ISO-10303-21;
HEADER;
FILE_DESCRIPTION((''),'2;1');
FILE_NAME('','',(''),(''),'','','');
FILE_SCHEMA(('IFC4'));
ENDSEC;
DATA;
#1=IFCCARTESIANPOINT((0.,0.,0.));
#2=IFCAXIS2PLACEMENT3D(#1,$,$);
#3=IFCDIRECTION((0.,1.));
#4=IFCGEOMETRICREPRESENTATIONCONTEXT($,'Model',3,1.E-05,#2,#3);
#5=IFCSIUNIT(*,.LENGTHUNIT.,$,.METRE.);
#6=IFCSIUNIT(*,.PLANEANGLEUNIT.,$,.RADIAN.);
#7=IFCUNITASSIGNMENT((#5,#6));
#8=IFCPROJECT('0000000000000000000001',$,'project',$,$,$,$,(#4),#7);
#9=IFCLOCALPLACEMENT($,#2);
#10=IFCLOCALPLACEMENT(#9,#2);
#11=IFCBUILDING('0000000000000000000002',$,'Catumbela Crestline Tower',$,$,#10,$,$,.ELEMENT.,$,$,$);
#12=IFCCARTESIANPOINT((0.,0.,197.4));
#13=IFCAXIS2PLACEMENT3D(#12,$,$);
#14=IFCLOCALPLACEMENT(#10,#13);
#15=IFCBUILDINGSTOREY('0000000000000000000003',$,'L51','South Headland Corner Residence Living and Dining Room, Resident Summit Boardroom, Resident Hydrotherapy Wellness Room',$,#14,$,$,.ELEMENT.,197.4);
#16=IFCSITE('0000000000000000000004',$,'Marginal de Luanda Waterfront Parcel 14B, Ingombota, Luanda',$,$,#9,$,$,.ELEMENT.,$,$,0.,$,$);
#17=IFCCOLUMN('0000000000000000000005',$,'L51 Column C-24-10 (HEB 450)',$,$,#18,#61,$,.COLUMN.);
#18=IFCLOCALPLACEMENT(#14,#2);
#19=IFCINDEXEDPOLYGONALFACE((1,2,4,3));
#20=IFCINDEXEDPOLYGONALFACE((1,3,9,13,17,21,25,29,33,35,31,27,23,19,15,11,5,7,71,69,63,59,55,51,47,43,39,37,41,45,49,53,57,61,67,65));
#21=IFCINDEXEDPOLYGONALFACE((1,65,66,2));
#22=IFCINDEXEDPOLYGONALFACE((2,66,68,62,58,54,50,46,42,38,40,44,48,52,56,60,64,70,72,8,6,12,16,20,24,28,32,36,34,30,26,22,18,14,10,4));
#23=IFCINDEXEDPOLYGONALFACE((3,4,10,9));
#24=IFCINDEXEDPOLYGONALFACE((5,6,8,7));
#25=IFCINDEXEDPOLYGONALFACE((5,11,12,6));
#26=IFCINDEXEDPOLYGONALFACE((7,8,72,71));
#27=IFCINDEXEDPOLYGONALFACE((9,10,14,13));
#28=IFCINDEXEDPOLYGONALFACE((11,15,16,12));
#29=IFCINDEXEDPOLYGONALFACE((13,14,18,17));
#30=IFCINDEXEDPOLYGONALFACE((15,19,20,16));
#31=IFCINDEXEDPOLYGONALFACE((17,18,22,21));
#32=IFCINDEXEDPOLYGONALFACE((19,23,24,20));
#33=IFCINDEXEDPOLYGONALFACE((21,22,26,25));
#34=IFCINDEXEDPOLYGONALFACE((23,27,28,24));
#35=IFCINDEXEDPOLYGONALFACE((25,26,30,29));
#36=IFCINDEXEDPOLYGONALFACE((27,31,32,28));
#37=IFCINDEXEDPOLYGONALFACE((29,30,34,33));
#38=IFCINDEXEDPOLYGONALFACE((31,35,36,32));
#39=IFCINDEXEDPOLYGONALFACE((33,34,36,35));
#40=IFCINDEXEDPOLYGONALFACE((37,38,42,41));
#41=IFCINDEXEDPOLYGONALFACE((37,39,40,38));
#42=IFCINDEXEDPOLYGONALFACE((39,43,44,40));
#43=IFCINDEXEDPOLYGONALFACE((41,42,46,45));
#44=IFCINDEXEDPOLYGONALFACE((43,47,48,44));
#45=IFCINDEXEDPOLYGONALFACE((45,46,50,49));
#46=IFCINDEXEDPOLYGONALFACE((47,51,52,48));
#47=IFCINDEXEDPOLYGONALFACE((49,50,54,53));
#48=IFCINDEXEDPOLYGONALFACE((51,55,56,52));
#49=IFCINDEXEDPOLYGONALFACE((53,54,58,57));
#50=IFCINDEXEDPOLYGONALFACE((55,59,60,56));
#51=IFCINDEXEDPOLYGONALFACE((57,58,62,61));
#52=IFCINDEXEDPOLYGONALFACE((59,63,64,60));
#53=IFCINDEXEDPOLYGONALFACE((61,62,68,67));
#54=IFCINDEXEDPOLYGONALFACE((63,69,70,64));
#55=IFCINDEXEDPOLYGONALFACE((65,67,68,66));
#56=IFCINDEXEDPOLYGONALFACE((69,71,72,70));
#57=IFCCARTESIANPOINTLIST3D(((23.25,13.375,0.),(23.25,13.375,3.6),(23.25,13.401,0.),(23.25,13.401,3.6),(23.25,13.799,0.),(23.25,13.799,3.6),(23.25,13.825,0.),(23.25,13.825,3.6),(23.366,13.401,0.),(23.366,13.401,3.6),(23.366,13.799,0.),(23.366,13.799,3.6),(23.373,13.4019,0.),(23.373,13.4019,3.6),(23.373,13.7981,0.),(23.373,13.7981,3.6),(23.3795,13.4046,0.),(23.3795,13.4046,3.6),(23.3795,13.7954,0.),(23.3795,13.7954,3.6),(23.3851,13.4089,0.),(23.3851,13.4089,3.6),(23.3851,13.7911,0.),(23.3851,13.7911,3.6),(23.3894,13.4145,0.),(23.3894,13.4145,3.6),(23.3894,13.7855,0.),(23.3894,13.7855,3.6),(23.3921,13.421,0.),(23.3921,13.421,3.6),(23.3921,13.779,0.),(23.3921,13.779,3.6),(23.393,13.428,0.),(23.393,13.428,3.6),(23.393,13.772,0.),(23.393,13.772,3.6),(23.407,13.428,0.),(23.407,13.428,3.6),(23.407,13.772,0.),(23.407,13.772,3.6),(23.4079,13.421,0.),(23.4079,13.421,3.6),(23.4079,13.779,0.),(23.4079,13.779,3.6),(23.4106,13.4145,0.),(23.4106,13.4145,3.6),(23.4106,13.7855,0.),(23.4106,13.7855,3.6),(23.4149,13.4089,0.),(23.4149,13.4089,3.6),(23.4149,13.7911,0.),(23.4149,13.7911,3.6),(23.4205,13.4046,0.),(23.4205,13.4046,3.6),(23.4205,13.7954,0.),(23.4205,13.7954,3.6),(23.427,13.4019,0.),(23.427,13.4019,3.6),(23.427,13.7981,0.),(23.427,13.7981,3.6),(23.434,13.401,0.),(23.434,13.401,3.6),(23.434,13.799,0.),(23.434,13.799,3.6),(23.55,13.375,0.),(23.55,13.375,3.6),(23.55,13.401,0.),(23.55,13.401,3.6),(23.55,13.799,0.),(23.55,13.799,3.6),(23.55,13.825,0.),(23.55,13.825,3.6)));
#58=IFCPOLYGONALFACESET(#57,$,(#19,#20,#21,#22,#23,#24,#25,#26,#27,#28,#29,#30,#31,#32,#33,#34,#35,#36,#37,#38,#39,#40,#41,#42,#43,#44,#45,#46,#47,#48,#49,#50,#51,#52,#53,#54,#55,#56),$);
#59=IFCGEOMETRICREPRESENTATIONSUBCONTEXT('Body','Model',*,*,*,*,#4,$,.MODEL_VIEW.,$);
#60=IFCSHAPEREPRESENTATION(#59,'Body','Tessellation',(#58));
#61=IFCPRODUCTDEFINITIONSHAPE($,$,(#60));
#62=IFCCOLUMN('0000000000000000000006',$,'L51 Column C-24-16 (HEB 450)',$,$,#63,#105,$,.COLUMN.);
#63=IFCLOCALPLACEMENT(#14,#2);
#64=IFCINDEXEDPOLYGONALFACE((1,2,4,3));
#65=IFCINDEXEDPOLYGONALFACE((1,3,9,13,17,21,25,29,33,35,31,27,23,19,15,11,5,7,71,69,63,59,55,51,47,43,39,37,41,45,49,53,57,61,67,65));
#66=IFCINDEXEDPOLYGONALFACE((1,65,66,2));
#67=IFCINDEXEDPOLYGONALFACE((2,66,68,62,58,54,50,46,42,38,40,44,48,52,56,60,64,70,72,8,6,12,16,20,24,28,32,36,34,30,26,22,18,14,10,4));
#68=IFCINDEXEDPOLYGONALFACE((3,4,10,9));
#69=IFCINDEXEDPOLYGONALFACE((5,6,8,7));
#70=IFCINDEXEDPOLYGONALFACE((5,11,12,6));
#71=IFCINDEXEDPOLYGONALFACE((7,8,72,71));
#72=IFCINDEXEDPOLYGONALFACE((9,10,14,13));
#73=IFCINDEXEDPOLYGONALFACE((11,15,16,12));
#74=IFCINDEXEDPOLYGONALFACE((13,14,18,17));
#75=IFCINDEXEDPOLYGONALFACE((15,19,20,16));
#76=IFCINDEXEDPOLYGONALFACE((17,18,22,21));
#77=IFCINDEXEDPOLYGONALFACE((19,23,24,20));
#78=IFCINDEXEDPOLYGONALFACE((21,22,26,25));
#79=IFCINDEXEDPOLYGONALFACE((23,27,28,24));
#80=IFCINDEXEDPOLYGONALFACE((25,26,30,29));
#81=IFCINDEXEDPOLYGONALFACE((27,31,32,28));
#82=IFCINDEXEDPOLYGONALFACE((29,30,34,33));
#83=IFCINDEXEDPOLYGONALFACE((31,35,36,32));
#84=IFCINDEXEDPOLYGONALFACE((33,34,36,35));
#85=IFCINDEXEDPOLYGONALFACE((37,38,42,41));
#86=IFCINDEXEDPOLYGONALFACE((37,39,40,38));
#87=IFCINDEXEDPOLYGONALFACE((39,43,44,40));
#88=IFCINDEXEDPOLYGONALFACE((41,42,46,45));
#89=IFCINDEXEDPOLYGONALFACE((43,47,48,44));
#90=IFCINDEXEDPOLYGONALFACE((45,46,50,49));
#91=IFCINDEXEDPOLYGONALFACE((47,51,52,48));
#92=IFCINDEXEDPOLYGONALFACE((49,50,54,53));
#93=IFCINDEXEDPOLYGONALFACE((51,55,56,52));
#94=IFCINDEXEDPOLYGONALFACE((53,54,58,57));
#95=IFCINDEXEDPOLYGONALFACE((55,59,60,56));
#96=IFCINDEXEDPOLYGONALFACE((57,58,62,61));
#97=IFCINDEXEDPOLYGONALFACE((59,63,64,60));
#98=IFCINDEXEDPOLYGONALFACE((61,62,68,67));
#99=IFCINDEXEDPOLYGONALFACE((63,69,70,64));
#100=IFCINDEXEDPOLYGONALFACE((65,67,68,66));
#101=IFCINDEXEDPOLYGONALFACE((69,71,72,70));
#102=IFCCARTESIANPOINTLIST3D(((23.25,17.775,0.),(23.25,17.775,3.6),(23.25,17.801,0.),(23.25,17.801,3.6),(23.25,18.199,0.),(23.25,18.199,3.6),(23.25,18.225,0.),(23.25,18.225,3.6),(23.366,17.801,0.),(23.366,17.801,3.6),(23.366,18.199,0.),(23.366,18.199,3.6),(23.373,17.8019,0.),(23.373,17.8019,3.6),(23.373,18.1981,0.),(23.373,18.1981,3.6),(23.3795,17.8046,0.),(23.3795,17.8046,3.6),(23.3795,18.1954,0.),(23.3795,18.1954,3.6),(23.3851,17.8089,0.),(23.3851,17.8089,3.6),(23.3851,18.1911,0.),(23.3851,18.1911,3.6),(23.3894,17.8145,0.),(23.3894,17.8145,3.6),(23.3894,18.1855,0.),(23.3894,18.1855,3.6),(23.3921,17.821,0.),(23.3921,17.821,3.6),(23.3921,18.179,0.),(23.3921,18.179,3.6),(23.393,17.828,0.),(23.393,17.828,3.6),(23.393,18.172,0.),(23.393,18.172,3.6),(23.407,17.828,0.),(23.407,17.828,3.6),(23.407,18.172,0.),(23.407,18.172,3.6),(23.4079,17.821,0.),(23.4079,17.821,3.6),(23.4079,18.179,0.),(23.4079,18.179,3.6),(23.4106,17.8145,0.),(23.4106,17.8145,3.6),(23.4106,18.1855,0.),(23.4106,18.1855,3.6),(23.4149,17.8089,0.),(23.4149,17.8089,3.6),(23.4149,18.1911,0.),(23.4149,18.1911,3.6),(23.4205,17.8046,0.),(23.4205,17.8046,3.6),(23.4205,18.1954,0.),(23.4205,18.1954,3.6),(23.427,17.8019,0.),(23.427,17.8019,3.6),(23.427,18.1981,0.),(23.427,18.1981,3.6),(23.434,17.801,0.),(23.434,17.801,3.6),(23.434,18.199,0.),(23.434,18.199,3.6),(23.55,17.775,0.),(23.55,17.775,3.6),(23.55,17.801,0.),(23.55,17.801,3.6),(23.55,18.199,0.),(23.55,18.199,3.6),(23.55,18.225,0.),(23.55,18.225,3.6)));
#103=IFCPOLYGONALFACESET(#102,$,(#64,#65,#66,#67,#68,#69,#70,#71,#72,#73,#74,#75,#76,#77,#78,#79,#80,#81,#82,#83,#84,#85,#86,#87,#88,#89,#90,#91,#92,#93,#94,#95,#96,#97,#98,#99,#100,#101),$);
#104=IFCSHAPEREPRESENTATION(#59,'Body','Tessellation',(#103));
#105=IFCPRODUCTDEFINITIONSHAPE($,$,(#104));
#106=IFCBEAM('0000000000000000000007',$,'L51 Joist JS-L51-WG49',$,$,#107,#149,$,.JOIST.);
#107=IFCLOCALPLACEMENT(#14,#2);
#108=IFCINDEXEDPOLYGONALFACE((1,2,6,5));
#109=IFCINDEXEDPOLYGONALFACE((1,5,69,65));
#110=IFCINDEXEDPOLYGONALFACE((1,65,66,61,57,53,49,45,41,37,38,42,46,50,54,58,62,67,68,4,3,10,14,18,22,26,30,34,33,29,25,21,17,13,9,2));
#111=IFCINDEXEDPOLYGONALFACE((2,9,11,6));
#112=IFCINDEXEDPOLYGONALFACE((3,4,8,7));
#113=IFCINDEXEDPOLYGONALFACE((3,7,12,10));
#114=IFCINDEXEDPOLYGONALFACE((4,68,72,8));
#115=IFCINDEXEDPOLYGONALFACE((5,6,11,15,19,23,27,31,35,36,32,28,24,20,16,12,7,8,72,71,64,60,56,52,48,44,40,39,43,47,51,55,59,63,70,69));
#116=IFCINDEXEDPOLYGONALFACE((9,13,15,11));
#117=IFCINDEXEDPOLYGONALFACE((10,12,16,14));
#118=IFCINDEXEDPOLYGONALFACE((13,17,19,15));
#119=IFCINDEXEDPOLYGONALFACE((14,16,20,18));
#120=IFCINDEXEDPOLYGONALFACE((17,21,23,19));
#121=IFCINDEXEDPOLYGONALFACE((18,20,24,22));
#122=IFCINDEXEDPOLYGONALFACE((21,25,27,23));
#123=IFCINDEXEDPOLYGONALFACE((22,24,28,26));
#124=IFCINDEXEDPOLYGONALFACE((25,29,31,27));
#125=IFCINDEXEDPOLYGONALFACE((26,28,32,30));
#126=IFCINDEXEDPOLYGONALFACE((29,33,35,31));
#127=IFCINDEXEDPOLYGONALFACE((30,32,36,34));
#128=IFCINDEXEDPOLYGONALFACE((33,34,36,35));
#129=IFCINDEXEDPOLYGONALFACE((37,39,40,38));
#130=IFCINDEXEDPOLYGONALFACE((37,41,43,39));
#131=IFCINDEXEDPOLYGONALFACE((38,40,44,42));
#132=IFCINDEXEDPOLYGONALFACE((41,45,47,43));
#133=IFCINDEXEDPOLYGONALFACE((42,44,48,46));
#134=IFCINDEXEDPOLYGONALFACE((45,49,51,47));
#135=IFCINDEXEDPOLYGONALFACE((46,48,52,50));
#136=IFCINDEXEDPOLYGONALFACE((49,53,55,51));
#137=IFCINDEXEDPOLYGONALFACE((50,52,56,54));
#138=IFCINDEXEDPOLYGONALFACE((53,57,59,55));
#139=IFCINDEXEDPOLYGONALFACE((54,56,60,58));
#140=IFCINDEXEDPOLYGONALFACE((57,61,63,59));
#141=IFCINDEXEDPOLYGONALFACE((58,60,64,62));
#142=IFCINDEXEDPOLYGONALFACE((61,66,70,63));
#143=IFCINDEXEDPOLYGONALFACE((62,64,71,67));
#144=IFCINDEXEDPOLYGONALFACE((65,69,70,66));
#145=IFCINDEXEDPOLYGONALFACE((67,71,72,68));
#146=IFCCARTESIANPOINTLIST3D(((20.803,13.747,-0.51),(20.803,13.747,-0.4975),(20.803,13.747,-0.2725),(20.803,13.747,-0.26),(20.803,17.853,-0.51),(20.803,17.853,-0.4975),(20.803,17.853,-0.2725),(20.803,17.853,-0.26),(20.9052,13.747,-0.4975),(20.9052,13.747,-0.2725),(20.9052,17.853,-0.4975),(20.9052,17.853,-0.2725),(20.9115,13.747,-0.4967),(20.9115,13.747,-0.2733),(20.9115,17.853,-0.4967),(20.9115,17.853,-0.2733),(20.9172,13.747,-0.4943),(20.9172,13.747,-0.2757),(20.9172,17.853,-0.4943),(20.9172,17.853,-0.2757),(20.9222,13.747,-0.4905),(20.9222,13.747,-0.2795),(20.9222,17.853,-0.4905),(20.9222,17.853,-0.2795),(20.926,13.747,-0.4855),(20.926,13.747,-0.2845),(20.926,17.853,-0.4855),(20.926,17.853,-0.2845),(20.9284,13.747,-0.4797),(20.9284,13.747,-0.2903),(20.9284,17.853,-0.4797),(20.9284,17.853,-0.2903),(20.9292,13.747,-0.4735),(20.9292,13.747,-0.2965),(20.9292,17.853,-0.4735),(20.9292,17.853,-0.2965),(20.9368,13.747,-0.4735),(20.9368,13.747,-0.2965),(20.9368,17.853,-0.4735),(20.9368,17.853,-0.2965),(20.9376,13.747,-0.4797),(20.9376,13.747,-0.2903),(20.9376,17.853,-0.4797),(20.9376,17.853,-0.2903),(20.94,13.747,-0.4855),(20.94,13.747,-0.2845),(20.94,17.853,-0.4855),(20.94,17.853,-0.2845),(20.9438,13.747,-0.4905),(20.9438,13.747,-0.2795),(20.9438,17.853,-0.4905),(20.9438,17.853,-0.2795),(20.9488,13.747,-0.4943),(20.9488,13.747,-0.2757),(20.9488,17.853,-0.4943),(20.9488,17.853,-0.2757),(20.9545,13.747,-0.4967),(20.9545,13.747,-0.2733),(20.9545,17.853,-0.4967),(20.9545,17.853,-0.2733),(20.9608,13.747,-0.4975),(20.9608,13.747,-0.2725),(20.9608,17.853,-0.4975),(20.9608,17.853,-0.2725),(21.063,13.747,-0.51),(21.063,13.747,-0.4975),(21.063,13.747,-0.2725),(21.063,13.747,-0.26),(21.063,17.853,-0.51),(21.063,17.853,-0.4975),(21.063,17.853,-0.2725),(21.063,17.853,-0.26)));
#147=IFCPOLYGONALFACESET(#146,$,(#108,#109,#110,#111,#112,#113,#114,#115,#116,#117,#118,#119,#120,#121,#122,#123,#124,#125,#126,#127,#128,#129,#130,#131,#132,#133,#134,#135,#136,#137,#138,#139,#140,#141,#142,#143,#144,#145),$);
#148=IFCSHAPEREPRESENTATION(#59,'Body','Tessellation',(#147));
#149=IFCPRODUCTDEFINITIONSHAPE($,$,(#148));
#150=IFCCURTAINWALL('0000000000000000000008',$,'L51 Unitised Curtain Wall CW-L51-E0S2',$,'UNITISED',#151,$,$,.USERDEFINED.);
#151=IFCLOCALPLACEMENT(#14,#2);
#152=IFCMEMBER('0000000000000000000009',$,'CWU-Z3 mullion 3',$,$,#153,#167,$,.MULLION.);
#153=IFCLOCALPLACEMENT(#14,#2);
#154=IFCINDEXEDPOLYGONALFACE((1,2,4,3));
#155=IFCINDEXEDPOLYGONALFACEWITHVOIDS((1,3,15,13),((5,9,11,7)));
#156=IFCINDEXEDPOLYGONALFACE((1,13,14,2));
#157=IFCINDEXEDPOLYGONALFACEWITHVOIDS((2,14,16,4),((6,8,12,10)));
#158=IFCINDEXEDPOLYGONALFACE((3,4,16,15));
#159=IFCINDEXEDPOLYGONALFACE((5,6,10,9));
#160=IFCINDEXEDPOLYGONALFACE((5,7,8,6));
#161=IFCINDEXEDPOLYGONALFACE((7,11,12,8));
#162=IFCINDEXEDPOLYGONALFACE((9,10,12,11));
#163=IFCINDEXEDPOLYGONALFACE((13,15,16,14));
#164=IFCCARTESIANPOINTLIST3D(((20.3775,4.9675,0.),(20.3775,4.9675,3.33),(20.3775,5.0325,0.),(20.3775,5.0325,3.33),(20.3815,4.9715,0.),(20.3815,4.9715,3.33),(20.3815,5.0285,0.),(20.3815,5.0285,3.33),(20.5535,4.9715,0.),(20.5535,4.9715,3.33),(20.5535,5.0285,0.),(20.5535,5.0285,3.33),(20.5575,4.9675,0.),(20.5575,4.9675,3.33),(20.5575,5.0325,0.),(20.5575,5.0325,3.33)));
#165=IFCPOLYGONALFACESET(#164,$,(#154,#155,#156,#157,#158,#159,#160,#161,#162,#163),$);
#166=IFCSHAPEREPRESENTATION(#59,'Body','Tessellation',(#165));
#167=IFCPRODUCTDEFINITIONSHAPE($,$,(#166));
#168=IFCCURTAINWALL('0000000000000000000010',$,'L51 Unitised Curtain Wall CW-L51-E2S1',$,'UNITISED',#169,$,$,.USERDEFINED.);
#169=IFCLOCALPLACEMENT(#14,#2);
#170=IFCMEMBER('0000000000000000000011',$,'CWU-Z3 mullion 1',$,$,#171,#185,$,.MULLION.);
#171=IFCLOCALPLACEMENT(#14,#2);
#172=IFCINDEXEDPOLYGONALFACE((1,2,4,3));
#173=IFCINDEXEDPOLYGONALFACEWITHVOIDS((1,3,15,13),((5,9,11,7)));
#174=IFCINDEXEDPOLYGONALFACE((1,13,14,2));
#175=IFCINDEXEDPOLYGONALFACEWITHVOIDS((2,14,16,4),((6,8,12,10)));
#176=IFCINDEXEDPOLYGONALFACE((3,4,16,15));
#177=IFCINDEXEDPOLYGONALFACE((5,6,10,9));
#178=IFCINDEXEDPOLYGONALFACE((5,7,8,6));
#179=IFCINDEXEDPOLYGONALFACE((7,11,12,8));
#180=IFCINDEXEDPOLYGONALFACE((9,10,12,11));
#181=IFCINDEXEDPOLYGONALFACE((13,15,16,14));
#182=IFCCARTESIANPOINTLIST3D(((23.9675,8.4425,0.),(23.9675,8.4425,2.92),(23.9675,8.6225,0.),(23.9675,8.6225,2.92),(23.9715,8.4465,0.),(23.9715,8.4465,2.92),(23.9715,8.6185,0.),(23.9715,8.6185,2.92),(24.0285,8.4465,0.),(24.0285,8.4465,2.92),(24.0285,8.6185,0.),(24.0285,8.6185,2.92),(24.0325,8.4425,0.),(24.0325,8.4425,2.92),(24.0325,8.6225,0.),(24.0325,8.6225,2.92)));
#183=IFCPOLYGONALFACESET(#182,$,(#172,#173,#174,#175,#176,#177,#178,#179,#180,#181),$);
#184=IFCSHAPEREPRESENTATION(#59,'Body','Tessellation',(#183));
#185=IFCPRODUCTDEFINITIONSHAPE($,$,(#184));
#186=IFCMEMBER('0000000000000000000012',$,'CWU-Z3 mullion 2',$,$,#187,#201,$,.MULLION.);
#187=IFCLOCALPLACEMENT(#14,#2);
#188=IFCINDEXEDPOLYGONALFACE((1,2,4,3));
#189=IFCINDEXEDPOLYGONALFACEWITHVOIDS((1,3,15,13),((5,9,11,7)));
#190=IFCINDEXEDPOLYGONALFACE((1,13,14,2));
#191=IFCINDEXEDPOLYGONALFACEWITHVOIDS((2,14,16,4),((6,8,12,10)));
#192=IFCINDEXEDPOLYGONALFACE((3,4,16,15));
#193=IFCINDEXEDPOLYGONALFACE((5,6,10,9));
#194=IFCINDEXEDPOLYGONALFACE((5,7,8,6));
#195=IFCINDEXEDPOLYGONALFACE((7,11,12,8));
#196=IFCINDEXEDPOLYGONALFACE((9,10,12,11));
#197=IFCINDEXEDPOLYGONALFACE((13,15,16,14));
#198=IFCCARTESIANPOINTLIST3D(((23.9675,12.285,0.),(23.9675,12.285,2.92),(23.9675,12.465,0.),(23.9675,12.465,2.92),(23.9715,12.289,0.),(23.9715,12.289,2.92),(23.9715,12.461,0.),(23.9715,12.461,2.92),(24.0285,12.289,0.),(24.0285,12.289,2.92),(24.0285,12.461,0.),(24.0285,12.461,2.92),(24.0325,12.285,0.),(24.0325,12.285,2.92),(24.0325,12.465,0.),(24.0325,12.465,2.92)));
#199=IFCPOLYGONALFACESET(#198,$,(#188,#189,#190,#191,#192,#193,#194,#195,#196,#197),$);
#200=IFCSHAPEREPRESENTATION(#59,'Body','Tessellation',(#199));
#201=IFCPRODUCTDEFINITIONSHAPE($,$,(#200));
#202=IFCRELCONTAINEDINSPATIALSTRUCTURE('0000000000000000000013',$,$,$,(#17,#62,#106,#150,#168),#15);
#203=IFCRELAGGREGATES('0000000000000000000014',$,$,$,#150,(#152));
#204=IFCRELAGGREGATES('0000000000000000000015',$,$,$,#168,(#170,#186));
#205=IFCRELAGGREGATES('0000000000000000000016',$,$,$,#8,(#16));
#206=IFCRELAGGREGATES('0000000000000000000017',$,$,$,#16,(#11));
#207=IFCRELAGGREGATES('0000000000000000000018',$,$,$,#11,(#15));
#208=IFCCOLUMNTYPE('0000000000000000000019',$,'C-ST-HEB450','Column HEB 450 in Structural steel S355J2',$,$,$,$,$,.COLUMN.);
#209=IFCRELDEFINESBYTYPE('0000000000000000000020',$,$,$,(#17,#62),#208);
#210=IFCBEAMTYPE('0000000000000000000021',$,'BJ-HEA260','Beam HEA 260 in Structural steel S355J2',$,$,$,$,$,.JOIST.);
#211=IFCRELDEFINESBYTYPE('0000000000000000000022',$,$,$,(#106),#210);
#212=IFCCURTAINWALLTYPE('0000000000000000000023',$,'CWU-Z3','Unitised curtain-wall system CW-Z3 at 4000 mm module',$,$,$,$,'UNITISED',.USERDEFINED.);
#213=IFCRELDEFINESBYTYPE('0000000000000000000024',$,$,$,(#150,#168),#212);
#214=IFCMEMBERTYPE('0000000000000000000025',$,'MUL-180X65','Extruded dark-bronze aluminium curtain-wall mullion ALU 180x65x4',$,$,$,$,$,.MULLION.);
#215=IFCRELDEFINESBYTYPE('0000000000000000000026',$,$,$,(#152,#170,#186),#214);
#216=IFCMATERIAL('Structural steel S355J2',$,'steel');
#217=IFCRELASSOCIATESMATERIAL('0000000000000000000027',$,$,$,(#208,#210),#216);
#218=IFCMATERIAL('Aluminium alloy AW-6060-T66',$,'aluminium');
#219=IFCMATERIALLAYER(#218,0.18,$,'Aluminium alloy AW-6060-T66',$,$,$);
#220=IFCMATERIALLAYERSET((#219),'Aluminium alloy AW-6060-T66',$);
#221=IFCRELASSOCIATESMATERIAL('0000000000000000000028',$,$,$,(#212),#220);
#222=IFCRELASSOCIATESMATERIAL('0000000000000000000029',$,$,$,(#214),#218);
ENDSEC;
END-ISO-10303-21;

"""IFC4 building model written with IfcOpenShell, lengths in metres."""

from ifc_helpers import new_model, si_unit, direction, frame, origin, origin_2d, place, context, subcontext, project, spatial, hollow_rectangle, i_section, extrude, material, layer, layer_set, material_profile, profile_set, type_object, element, aggregate, save


model = new_model("IFC4")

# Units and contexts
model_context = context("Model", 3, precision=1e-05, world=origin(), true_north=direction((0.0, 1.0)))
body_context = subcontext(model_context, "Body", "Model", "MODEL_VIEW")
ifc_project = project(units=[si_unit("LENGTHUNIT", "METRE"), si_unit("PLANEANGLEUNIT", "RADIAN")], contexts=[model_context])

# Site, building, storey
site_placement = place(None, origin())
site = spatial("IfcSite", under=ifc_project, at=site_placement, Name="Marginal de Luanda Waterfront Parcel 14B, Ingombota, Luanda", CompositionType="ELEMENT", RefElevation=0.0)
building_placement = place(site_placement, origin())
building = spatial("IfcBuilding", under=site, at=building_placement, Name="Catumbela Crestline Tower", CompositionType="ELEMENT")
storey_placement = place(building_placement, frame((0.0, 0.0, 197.4)))
storey = spatial("IfcBuildingStorey", under=building, at=storey_placement, Name="L51", Description="South Headland Corner Residence Living and Dining Room, Resident Summit Boardroom, Resident Hydrotherapy Wellness Room", CompositionType="ELEMENT", Elevation=197.4)

# Columns
ifc_material_1 = material(Name="Structural steel S355J2", Category="steel")
ifc_material_profile_1 = material_profile(ifc_material_1, i_section(OverallWidth=0.3, OverallDepth=0.45, WebThickness=0.014, FlangeThickness=0.026, FilletRadius=0.027, at=origin_2d()), Name="HEB 450")
ifc_profile_set_1 = profile_set([ifc_material_profile_1], Name="Structural steel S355J2")
column_type = type_object("IfcColumnType", Name="C-ST-HEB450", Description="Column HEB 450 in Structural steel S355J2", PredefinedType="COLUMN", material=ifc_profile_set_1)
for number, where, z_axis, x_axis, name in (
    (1, (23.4, 13.6, 0.0), (0.0, 0.0, 1.0), (1.0, 0.0, 0.0), "L51 Column C-24-10 (HEB 450)"),
    (2, (23.4, 18.0, 0.0), (0.0, 0.0, 1.0), (1.0, 0.0, 0.0), "L51 Column C-24-16 (HEB 450)"),
):
    element("IfcColumn", number, at=place(storey_placement, frame(where, z_axis=z_axis, x_axis=x_axis)), inside=storey, type_object=column_type, Name=name, PredefinedType="COLUMN", context=body_context, shape_type="SweptSolid", body=[
        extrude(i_section(OverallWidth=0.3, OverallDepth=0.45, WebThickness=0.014, FlangeThickness=0.026, FilletRadius=0.027, at=origin_2d()), origin(), (0.0, 0.0, 1.0), 3.6),
    ])

# Beam
ifc_material_profile_2 = material_profile(ifc_material_1, i_section(OverallWidth=0.26, OverallDepth=0.25, WebThickness=0.0075, FlangeThickness=0.0125, FilletRadius=0.024, at=origin_2d()), Name="HEA 260")
ifc_profile_set_2 = profile_set([ifc_material_profile_2], Name="Structural steel S355J2")
beam_type_1 = type_object("IfcBeamType", Name="BJ-HEA260", Description="Beam HEA 260 in Structural steel S355J2", PredefinedType="JOIST", material=ifc_profile_set_2)
beam_1_placement = place(storey_placement, frame((20.933, 13.747, -0.385), z_axis=(0.0, 1.0, 0.0), x_axis=(-1.0, 0.0, 0.0)))
element("IfcBeam", 3, at=beam_1_placement, inside=storey, type_object=beam_type_1, Name="L51 Joist JS-L51-WG49", PredefinedType="JOIST", context=body_context, shape_type="SweptSolid", body=[
    extrude(i_section(OverallWidth=0.26, OverallDepth=0.25, WebThickness=0.0075, FlangeThickness=0.0125, FilletRadius=0.024, at=origin_2d()), origin(), (0.0, 0.0, 1.0), 4.106),
])

# Curtain wall, member
ifc_material_2 = material(Name="Aluminium alloy AW-6060-T66", Category="aluminium")
ifc_layer_1 = layer(ifc_material_2, 0.18, Name="Aluminium alloy AW-6060-T66")
ifc_layer_set_1 = layer_set([ifc_layer_1], Name="Aluminium alloy AW-6060-T66")
curtain_wall_type = type_object("IfcCurtainWallType", Name="CWU-Z3", Description="Unitised curtain-wall system CW-Z3 at 4000 mm module", ElementType="UNITISED", PredefinedType="USERDEFINED", material=ifc_layer_set_1)
curtain_wall_1_placement = place(storey_placement, origin())
curtain_wall_1 = element("IfcCurtainWall", 4, at=curtain_wall_1_placement, inside=storey, type_object=curtain_wall_type, Name="L51 Unitised Curtain Wall CW-L51-E0S2", ObjectType="UNITISED", PredefinedType="USERDEFINED")
ifc_material_profile_3 = material_profile(ifc_material_2, hollow_rectangle(XDim=0.065, YDim=0.18, WallThickness=0.004, at=origin_2d()), Name="ALU 180x65x4")
ifc_profile_set_3 = profile_set([ifc_material_profile_3], Name="Aluminium alloy AW-6060-T66")
member_type_1 = type_object("IfcMemberType", Name="MUL-180X65", Description="Extruded dark-bronze aluminium curtain-wall mullion ALU 180x65x4", PredefinedType="MULLION", material=ifc_profile_set_3)
member_1_placement = place(storey_placement, frame((20.4675, 5.0, 0.0), z_axis=(0.0, 0.0, 1.0), x_axis=(0.0, 1.0, 0.0)))
member_1 = element("IfcMember", 5, at=member_1_placement, type_object=member_type_1, Name="CWU-Z3 mullion 3", PredefinedType="MULLION", context=body_context, shape_type="SweptSolid", body=[
    extrude(hollow_rectangle(XDim=0.065, YDim=0.18, WallThickness=0.004, at=origin_2d()), origin(), (0.0, 0.0, 1.0), 3.33),
])
aggregate(curtain_wall_1, [member_1])

# Curtain wall, members
curtain_wall_2_placement = place(storey_placement, origin())
curtain_wall_2 = element("IfcCurtainWall", 6, at=curtain_wall_2_placement, inside=storey, type_object=curtain_wall_type, Name="L51 Unitised Curtain Wall CW-L51-E2S1", ObjectType="UNITISED", PredefinedType="USERDEFINED")
member_2_placement = place(storey_placement, frame((24.0, 8.5325, 0.0), z_axis=(0.0, 0.0, 1.0), x_axis=(-1.0, 0.0, 0.0)))
member_2 = element("IfcMember", 7, at=member_2_placement, type_object=member_type_1, Name="CWU-Z3 mullion 1", PredefinedType="MULLION", context=body_context, shape_type="SweptSolid", body=[
    extrude(hollow_rectangle(XDim=0.065, YDim=0.18, WallThickness=0.004, at=origin_2d()), origin(), (0.0, 0.0, 1.0), 2.92),
])
member_3_placement = place(storey_placement, frame((24.0, 12.375, 0.0), z_axis=(0.0, 0.0, 1.0), x_axis=(-1.0, 0.0, 0.0)))
member_3 = element("IfcMember", 8, at=member_3_placement, type_object=member_type_1, Name="CWU-Z3 mullion 2", PredefinedType="MULLION", context=body_context, shape_type="SweptSolid", body=[
    extrude(hollow_rectangle(XDim=0.065, YDim=0.18, WallThickness=0.004, at=origin_2d()), origin(), (0.0, 0.0, 1.0), 2.92),
])

aggregate(curtain_wall_2, [member_2, member_3])

save(model, "model.ifc")
